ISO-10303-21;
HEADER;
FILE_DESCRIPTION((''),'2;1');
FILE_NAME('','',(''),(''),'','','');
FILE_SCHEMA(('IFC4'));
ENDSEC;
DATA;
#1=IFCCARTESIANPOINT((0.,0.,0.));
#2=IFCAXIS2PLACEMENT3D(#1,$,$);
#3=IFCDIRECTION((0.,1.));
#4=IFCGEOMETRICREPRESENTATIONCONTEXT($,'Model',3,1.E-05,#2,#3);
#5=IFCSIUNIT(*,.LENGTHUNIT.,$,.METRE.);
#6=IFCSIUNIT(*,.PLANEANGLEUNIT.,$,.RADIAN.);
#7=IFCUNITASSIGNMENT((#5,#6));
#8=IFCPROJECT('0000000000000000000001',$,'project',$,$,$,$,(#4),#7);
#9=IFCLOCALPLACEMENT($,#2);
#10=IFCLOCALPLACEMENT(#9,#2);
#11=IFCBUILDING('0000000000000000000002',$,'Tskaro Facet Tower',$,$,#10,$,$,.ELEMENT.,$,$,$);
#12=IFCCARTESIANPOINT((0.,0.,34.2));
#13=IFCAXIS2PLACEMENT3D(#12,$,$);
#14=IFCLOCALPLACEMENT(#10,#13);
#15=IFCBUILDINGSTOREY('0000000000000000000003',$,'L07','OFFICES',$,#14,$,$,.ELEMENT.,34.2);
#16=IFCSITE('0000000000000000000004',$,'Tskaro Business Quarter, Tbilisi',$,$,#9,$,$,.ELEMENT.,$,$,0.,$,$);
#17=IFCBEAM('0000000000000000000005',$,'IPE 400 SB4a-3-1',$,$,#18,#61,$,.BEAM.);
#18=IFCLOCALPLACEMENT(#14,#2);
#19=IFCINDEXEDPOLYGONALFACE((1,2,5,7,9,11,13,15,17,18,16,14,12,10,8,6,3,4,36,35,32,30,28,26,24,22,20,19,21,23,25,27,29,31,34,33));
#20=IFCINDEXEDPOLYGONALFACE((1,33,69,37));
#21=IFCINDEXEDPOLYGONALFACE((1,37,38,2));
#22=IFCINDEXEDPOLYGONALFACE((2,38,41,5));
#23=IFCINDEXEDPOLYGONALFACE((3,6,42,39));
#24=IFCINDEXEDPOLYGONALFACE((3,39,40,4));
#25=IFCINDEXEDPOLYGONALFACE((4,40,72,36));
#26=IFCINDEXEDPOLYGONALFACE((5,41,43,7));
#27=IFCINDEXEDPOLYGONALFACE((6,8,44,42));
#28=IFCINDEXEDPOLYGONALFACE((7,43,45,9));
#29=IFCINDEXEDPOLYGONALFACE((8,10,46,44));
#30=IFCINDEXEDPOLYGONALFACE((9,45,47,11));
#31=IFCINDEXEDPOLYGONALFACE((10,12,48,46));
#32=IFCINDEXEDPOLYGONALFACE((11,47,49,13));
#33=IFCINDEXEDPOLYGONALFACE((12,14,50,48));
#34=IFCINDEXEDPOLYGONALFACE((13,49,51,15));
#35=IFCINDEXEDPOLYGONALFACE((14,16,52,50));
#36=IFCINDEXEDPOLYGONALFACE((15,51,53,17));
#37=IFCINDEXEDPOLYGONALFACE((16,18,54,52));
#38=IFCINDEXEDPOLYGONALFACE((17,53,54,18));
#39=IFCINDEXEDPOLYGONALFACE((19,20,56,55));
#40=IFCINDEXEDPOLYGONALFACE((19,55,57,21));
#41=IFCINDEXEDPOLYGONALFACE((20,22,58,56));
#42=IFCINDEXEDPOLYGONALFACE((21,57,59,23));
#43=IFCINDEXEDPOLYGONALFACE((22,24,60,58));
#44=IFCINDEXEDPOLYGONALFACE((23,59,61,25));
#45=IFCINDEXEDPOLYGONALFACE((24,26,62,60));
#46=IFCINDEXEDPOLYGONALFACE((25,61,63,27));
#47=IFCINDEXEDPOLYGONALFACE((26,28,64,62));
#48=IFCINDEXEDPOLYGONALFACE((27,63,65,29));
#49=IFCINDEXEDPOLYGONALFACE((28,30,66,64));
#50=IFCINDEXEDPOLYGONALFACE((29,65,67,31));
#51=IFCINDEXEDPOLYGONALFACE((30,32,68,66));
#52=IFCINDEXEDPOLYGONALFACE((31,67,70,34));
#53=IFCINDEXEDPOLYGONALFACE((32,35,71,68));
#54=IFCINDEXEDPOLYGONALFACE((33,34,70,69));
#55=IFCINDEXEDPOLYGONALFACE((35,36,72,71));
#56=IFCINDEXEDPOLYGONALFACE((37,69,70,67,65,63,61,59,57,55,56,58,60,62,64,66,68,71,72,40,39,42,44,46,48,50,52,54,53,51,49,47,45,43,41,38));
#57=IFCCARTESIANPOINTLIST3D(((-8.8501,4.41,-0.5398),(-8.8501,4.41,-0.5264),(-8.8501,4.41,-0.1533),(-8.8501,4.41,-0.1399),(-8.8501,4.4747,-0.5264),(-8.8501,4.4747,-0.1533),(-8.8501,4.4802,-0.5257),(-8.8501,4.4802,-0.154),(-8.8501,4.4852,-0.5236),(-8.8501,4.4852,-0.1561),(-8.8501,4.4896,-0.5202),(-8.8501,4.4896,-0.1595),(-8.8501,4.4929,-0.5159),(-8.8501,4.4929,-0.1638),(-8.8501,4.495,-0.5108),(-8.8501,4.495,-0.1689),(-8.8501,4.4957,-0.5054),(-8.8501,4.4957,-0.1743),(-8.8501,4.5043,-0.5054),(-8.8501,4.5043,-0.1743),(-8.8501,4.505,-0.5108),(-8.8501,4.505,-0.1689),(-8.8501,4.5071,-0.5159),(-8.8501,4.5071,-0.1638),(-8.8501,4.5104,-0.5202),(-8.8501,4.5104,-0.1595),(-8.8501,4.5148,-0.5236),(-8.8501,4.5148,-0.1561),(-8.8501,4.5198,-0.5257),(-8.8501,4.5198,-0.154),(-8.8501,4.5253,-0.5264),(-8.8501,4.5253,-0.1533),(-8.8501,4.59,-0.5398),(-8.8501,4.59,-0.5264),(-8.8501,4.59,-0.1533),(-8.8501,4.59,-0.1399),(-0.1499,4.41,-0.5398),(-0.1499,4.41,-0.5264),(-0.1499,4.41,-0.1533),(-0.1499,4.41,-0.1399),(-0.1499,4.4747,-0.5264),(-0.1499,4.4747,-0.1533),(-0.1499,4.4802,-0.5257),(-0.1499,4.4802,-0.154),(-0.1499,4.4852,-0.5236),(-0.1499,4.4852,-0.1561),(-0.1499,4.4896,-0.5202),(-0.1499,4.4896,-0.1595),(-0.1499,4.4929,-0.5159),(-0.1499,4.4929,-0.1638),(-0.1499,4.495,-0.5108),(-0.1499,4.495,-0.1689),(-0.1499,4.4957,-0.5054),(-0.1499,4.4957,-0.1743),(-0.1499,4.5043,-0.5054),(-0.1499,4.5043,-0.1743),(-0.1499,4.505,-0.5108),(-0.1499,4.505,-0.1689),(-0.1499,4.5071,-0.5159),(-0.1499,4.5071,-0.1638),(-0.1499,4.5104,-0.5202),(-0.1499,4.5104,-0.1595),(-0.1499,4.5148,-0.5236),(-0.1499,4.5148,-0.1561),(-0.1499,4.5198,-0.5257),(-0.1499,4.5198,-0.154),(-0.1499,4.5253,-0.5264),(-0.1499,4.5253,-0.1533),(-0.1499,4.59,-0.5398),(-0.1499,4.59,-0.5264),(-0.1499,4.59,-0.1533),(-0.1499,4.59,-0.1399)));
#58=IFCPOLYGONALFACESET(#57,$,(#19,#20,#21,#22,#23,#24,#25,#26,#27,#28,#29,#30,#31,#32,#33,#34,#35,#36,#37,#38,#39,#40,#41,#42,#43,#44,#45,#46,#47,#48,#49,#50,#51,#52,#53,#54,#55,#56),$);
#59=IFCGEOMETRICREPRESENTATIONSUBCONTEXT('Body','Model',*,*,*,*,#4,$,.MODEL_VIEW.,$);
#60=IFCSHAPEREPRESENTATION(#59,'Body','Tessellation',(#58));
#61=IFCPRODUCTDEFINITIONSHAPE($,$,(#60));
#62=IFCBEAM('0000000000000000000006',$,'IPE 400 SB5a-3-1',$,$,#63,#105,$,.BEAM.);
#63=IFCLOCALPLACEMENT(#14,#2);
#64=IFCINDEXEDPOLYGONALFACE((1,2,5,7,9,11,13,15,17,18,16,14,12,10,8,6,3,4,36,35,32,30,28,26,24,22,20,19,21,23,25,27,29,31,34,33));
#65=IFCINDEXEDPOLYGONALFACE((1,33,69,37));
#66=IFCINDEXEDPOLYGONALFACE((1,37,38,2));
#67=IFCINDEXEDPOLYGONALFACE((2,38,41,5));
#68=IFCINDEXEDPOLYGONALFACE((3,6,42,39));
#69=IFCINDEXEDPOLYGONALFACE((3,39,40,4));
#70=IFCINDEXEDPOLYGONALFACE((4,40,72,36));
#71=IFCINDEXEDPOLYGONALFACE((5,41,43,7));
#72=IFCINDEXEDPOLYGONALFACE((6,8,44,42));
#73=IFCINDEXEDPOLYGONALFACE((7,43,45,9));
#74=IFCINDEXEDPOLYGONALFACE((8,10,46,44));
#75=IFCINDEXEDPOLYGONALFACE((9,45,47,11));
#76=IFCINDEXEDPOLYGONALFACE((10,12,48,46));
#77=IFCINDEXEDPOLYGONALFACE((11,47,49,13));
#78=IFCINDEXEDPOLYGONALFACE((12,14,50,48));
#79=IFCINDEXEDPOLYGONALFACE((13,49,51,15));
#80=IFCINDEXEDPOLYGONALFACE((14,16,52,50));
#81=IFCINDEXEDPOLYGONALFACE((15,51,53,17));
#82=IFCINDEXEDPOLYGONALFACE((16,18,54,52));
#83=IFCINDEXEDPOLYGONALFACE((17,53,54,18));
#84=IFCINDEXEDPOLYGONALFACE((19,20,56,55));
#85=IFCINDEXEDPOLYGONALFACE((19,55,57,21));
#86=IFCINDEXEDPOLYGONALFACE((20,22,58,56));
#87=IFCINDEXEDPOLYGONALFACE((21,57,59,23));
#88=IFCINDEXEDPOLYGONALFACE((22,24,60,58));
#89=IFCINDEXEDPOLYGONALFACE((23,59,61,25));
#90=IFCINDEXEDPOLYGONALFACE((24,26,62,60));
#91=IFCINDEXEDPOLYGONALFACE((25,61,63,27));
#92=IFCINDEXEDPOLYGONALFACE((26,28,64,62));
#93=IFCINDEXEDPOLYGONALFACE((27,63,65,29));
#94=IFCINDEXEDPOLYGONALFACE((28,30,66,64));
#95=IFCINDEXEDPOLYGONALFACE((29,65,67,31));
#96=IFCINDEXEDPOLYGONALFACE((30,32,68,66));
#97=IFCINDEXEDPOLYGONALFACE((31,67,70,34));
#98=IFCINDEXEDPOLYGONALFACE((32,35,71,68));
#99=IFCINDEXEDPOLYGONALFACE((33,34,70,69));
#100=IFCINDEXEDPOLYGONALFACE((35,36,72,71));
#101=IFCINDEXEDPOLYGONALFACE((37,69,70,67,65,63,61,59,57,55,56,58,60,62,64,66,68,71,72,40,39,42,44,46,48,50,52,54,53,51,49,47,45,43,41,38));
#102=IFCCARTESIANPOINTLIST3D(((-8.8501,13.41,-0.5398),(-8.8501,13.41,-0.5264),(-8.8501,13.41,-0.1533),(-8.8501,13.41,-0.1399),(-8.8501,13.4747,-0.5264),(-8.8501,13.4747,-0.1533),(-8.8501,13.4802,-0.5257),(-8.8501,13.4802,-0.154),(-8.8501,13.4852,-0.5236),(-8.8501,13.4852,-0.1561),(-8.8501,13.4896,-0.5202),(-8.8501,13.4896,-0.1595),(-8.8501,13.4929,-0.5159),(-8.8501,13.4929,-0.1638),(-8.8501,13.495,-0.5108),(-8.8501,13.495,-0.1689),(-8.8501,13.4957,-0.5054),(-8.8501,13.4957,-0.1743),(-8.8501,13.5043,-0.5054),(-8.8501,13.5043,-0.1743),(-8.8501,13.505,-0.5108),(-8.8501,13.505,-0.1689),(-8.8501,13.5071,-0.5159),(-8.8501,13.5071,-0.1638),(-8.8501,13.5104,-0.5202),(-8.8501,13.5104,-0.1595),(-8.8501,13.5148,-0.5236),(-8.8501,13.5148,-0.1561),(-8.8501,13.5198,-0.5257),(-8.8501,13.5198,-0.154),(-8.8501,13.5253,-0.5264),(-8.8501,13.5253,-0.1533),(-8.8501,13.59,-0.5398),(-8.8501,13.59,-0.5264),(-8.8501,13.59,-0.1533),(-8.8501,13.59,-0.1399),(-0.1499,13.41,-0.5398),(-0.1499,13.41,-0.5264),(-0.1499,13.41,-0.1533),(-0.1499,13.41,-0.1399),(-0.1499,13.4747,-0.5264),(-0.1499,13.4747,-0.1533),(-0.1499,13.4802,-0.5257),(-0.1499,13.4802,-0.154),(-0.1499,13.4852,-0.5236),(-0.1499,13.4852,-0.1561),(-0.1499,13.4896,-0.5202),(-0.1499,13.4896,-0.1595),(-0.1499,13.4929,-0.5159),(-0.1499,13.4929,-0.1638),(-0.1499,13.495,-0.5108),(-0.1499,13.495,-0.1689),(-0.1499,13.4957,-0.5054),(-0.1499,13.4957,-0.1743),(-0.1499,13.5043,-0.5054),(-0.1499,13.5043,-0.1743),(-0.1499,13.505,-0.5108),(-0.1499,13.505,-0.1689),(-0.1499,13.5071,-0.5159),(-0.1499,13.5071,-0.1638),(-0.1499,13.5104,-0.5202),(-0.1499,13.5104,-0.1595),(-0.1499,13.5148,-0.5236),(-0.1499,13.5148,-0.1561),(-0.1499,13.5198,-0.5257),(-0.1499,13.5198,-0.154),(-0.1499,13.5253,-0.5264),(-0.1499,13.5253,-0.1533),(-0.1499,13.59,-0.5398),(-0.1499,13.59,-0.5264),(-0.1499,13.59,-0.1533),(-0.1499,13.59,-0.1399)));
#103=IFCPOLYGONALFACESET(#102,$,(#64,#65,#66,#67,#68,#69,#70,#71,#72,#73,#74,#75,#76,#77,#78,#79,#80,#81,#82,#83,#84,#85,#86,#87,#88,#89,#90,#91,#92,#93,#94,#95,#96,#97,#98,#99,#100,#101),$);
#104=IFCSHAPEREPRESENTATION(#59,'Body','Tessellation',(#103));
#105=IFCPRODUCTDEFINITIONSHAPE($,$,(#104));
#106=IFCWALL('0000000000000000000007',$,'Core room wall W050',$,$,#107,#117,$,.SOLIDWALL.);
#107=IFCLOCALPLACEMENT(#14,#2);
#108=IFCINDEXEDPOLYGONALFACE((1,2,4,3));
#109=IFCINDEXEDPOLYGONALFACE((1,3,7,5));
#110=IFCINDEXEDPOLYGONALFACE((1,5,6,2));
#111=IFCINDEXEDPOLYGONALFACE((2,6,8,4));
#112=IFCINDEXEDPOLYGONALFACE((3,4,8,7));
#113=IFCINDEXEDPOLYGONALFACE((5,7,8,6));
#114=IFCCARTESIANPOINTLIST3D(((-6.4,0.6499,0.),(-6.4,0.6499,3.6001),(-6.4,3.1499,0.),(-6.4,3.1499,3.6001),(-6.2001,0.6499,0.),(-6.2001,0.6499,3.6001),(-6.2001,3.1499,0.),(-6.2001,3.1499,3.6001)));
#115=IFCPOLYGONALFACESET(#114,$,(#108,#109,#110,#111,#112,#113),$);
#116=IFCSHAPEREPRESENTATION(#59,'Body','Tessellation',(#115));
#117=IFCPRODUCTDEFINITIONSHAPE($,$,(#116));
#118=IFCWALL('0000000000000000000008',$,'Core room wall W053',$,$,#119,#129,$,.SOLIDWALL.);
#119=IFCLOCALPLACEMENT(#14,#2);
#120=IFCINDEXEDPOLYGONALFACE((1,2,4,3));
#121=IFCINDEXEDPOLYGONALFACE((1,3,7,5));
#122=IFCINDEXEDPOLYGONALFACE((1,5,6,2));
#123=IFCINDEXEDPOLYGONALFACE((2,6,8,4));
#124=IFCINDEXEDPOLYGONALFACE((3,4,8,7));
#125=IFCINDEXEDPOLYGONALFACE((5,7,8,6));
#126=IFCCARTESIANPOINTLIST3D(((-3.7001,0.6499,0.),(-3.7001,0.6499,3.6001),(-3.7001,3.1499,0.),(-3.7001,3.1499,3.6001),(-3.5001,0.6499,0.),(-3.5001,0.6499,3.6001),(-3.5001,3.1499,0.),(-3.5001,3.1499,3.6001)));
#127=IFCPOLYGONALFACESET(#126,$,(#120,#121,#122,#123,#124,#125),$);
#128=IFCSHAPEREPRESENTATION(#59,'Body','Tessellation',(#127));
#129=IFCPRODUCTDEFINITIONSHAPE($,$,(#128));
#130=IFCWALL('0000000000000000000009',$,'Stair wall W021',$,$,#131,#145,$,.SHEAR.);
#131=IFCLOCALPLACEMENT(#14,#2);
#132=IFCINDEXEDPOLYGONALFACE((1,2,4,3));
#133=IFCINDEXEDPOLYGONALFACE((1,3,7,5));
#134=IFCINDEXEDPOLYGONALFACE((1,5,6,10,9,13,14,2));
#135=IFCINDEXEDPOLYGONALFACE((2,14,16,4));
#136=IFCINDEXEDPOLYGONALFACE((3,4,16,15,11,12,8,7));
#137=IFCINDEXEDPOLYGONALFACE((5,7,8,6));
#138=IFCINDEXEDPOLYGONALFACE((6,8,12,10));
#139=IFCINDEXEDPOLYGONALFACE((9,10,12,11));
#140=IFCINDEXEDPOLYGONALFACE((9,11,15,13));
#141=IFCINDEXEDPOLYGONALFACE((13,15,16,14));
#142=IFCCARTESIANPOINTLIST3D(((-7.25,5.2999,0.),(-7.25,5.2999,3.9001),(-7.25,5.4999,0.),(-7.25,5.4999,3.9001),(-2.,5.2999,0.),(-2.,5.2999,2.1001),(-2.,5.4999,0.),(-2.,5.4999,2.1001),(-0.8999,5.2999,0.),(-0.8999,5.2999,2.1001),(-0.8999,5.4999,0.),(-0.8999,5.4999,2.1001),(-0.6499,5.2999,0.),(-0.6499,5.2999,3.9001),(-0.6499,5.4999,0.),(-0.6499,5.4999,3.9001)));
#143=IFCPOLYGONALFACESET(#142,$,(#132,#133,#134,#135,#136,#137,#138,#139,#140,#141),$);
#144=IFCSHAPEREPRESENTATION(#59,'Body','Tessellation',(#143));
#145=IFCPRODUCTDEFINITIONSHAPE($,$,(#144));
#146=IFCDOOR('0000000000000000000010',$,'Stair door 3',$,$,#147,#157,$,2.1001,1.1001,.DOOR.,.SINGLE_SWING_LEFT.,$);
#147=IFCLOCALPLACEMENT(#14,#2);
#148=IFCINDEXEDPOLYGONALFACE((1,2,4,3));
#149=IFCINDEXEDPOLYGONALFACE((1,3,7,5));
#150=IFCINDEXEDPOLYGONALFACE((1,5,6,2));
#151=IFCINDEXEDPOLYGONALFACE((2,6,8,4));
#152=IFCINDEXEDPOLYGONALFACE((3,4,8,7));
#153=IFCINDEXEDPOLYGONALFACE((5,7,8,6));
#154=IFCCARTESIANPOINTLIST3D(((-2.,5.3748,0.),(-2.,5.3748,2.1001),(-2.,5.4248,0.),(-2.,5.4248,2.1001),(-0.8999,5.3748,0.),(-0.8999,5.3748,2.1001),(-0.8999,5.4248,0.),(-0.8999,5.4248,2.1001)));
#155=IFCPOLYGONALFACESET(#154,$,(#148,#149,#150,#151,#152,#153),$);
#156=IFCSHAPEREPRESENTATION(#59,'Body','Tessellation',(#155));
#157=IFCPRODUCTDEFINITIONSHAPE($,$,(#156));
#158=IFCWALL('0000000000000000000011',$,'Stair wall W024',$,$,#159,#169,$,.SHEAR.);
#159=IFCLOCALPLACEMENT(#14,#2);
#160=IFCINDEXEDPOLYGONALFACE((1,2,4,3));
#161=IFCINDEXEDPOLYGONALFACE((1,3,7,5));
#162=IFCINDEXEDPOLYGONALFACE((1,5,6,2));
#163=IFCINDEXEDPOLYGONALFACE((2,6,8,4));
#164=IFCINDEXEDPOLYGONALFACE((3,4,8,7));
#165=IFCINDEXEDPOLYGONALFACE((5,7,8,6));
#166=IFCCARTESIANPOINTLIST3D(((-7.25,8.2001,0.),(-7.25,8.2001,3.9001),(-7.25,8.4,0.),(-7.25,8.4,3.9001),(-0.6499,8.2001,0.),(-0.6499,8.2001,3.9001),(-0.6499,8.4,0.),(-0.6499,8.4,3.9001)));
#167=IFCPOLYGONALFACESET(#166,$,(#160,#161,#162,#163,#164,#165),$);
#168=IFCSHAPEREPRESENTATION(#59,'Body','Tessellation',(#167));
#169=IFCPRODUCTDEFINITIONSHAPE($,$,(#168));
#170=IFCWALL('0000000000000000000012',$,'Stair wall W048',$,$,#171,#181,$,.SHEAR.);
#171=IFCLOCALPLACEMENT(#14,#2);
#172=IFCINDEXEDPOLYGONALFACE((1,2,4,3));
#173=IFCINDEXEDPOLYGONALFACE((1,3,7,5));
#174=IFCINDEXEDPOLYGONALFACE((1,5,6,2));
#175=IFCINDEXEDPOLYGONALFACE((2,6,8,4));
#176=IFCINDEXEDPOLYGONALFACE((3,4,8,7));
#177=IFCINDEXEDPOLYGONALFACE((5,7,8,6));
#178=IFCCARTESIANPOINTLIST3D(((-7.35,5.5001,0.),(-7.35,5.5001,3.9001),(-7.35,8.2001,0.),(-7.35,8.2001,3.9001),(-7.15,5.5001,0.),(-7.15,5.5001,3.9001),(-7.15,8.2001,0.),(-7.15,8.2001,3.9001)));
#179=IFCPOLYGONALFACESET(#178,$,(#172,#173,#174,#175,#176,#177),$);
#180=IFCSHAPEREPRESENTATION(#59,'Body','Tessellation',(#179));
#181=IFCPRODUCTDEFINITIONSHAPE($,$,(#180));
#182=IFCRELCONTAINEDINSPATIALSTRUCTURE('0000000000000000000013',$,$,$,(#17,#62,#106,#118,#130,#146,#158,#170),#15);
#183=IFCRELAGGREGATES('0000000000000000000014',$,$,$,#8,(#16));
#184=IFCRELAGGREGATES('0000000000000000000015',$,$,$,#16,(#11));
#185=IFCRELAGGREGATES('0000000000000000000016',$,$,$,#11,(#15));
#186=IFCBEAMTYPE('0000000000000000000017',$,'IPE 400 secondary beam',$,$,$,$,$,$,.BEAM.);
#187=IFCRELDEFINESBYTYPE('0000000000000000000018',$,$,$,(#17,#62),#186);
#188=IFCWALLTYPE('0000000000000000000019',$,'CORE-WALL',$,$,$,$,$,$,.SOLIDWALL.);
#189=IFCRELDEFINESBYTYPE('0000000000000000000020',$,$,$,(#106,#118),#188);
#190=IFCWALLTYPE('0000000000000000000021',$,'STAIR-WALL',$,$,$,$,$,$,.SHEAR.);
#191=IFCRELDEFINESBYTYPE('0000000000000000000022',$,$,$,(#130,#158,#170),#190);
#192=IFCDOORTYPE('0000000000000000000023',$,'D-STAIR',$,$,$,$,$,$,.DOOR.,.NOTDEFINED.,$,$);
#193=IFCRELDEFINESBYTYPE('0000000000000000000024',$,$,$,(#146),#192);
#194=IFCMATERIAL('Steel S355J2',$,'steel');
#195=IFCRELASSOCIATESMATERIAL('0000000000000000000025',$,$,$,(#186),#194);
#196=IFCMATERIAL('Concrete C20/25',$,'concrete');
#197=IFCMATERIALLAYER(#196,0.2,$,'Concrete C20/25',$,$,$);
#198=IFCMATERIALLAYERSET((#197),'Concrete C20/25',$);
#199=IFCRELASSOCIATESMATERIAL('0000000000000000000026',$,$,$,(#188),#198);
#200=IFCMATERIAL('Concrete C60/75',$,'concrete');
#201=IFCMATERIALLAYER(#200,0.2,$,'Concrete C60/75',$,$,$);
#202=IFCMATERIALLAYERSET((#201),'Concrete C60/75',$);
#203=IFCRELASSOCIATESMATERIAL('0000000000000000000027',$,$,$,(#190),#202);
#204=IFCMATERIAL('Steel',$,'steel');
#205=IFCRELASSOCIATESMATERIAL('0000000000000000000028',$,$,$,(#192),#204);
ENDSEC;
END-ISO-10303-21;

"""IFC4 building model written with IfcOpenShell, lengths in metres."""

from ifc_helpers import new_model, si_unit, direction, frame, frame_2d, origin, origin_2d, place, context, subcontext, project, spatial, rectangle, i_section, extrude, material, layer, layer_set, material_profile, profile_set, type_object, element, fill, save


model = new_model("IFC4")

# Units and contexts
model_context = context("Model", 3, precision=1e-05, world=origin(), true_north=direction((0.0, 1.0)))
body_context = subcontext(model_context, "Body", "Model", "MODEL_VIEW")
ifc_project = project(units=[si_unit("LENGTHUNIT", "METRE"), si_unit("PLANEANGLEUNIT", "RADIAN")], contexts=[model_context])

# Site, building, storey
site_placement = place(None, origin())
site = spatial("IfcSite", under=ifc_project, at=site_placement, Name="Tskaro Business Quarter, Tbilisi", CompositionType="ELEMENT", RefElevation=0.0)
building_placement = place(site_placement, origin())
building = spatial("IfcBuilding", under=site, at=building_placement, Name="Tskaro Facet Tower", CompositionType="ELEMENT")
storey_placement = place(building_placement, frame((0.0, 0.0, 34.2)))
storey = spatial("IfcBuildingStorey", under=building, at=storey_placement, Name="L07", Description="OFFICES", CompositionType="ELEMENT", Elevation=34.2)

# Beams
ifc_material_1 = material(Name="Steel S355J2", Category="steel")
ifc_material_profile_1 = material_profile(ifc_material_1, i_section(OverallWidth=0.1799, OverallDepth=0.3999, WebThickness=0.0085, FlangeThickness=0.0134, FilletRadius=0.021, at=origin_2d()), Name="IPE 400")
ifc_profile_set_1 = profile_set([ifc_material_profile_1], Name="Steel S355J2")
beam_type_1 = type_object("IfcBeamType", Name="IPE 400 secondary beam", PredefinedType="BEAM", material=ifc_profile_set_1)
for number, where, z_axis, x_axis, name in (
    (1, (-8.8501, 4.5, -0.3398), (1.0, 0.0, 0.0), (0.0, 1.0, 0.0), "IPE 400 SB4a-3-1"),
    (2, (-8.8501, 13.5, -0.3398), (1.0, 0.0, 0.0), (0.0, 1.0, 0.0), "IPE 400 SB5a-3-1"),
):
    element("IfcBeam", number, at=place(storey_placement, frame(where, z_axis=z_axis, x_axis=x_axis)), inside=storey, type_object=beam_type_1, Name=name, PredefinedType="BEAM", context=body_context, shape_type="SweptSolid", body=[
        extrude(i_section(OverallWidth=0.1799, OverallDepth=0.3999, WebThickness=0.0085, FlangeThickness=0.0134, FilletRadius=0.021, at=origin_2d()), origin(), (0.0, 0.0, 1.0), 8.7002),
    ])

# Walls
ifc_material_2 = material(Name="Concrete C20/25", Category="concrete")
ifc_layer_1 = layer(ifc_material_2, 0.2, Name="Concrete C20/25")
ifc_layer_set_1 = layer_set([ifc_layer_1], Name="Concrete C20/25")
wall_type_1 = type_object("IfcWallType", Name="CORE-WALL", PredefinedType="SOLIDWALL", material=ifc_layer_set_1)
for number, where, z_axis, x_axis, name in (
    (3, (-6.3, 0.6499, 0.0), (0.0, 0.0, 1.0), (0.0, 1.0, 0.0), "Core room wall W050"),
    (4, (-3.6001, 0.6499, 0.0), (0.0, 0.0, 1.0), (0.0, 1.0, 0.0), "Core room wall W053"),
):
    element("IfcWall", number, at=place(storey_placement, frame(where, z_axis=z_axis, x_axis=x_axis)), inside=storey, type_object=wall_type_1, Name=name, PredefinedType="SOLIDWALL", context=body_context, shape_type="SweptSolid", body=[
        extrude(rectangle(XDim=2.5, YDim=0.2, at=frame_2d((1.25, 0.0))), origin(), (0.0, 0.0, 1.0), 3.6001),
    ])

# Wall, opening, door
ifc_material_3 = material(Name="Concrete C60/75", Category="concrete")
ifc_layer_2 = layer(ifc_material_3, 0.2, Name="Concrete C60/75")
ifc_layer_set_2 = layer_set([ifc_layer_2], Name="Concrete C60/75")
wall_type_2 = type_object("IfcWallType", Name="STAIR-WALL", PredefinedType="SHEAR", material=ifc_layer_set_2)
wall_1_placement = place(storey_placement, frame((-7.25, 5.3999, 0.0), z_axis=(0.0, 0.0, 1.0), x_axis=(1.0, 0.0, 0.0)))
wall_1 = element("IfcWall", 5, at=wall_1_placement, inside=storey, type_object=wall_type_2, Name="Stair wall W021", PredefinedType="SHEAR", context=body_context, shape_type="SweptSolid", body=[
    extrude(rectangle(XDim=6.6001, YDim=0.2, at=frame_2d((3.3, 0.0))), origin(), (0.0, 0.0, 1.0), 3.9001),
])
opening_placement = place(wall_1_placement, frame((5.25, 0.0, 0.0)))
opening = element("IfcOpeningElement", 6, at=opening_placement, cuts=wall_1, PredefinedType="OPENING", context=body_context, shape_type="SweptSolid", body=[
    extrude(rectangle(XDim=1.1001, YDim=2.1001, at=frame_2d((0.55, 1.05))), frame((0.0, 0.1099, 0.0), z_axis=(0.0, -1.0, 0.0), x_axis=(1.0, 0.0, 0.0)), (0.0, 0.0, 1.0), 0.22),
])
ifc_material_4 = material(Name="Steel", Category="steel")
door_type = type_object("IfcDoorType", Name="D-STAIR", OperationType="NOTDEFINED", PredefinedType="DOOR", material=ifc_material_4)
door_placement = place(opening_placement, origin())
door = element("IfcDoor", 7, at=door_placement, inside=storey, type_object=door_type, Name="Stair door 3", OperationType="SINGLE_SWING_LEFT", OverallHeight=2.1001, OverallWidth=1.1001, PredefinedType="DOOR", context=body_context, shape_type="SweptSolid", body=[
    extrude(rectangle(XDim=1.1001, YDim=2.1001, at=frame_2d((0.55, 1.05))), frame((0.0, 0.0249, 0.0), z_axis=(0.0, -1.0, 0.0), x_axis=(1.0, 0.0, 0.0)), (0.0, 0.0, 1.0), 0.05),
])
fill(opening, door)

# Walls
wall_2_placement = place(storey_placement, frame((-7.25, 8.3, 0.0), z_axis=(0.0, 0.0, 1.0), x_axis=(1.0, 0.0, 0.0)))
element("IfcWall", 8, at=wall_2_placement, inside=storey, type_object=wall_type_2, Name="Stair wall W024", PredefinedType="SHEAR", context=body_context, shape_type="SweptSolid", body=[
    extrude(rectangle(XDim=6.6001, YDim=0.2, at=frame_2d((3.3, 0.0))), origin(), (0.0, 0.0, 1.0), 3.9001),
])
wall_3_placement = place(storey_placement, frame((-7.25, 5.5, 0.0), z_axis=(0.0, 0.0, 1.0), x_axis=(0.0, 1.0, 0.0)))
element("IfcWall", 9, at=wall_3_placement, inside=storey, type_object=wall_type_2, Name="Stair wall W048", PredefinedType="SHEAR", context=body_context, shape_type="SweptSolid", body=[
    extrude(rectangle(XDim=2.7, YDim=0.2, at=frame_2d((1.3501, 0.0))), origin(), (0.0, 0.0, 1.0), 3.9001),
])

save(model, "model.ifc")
